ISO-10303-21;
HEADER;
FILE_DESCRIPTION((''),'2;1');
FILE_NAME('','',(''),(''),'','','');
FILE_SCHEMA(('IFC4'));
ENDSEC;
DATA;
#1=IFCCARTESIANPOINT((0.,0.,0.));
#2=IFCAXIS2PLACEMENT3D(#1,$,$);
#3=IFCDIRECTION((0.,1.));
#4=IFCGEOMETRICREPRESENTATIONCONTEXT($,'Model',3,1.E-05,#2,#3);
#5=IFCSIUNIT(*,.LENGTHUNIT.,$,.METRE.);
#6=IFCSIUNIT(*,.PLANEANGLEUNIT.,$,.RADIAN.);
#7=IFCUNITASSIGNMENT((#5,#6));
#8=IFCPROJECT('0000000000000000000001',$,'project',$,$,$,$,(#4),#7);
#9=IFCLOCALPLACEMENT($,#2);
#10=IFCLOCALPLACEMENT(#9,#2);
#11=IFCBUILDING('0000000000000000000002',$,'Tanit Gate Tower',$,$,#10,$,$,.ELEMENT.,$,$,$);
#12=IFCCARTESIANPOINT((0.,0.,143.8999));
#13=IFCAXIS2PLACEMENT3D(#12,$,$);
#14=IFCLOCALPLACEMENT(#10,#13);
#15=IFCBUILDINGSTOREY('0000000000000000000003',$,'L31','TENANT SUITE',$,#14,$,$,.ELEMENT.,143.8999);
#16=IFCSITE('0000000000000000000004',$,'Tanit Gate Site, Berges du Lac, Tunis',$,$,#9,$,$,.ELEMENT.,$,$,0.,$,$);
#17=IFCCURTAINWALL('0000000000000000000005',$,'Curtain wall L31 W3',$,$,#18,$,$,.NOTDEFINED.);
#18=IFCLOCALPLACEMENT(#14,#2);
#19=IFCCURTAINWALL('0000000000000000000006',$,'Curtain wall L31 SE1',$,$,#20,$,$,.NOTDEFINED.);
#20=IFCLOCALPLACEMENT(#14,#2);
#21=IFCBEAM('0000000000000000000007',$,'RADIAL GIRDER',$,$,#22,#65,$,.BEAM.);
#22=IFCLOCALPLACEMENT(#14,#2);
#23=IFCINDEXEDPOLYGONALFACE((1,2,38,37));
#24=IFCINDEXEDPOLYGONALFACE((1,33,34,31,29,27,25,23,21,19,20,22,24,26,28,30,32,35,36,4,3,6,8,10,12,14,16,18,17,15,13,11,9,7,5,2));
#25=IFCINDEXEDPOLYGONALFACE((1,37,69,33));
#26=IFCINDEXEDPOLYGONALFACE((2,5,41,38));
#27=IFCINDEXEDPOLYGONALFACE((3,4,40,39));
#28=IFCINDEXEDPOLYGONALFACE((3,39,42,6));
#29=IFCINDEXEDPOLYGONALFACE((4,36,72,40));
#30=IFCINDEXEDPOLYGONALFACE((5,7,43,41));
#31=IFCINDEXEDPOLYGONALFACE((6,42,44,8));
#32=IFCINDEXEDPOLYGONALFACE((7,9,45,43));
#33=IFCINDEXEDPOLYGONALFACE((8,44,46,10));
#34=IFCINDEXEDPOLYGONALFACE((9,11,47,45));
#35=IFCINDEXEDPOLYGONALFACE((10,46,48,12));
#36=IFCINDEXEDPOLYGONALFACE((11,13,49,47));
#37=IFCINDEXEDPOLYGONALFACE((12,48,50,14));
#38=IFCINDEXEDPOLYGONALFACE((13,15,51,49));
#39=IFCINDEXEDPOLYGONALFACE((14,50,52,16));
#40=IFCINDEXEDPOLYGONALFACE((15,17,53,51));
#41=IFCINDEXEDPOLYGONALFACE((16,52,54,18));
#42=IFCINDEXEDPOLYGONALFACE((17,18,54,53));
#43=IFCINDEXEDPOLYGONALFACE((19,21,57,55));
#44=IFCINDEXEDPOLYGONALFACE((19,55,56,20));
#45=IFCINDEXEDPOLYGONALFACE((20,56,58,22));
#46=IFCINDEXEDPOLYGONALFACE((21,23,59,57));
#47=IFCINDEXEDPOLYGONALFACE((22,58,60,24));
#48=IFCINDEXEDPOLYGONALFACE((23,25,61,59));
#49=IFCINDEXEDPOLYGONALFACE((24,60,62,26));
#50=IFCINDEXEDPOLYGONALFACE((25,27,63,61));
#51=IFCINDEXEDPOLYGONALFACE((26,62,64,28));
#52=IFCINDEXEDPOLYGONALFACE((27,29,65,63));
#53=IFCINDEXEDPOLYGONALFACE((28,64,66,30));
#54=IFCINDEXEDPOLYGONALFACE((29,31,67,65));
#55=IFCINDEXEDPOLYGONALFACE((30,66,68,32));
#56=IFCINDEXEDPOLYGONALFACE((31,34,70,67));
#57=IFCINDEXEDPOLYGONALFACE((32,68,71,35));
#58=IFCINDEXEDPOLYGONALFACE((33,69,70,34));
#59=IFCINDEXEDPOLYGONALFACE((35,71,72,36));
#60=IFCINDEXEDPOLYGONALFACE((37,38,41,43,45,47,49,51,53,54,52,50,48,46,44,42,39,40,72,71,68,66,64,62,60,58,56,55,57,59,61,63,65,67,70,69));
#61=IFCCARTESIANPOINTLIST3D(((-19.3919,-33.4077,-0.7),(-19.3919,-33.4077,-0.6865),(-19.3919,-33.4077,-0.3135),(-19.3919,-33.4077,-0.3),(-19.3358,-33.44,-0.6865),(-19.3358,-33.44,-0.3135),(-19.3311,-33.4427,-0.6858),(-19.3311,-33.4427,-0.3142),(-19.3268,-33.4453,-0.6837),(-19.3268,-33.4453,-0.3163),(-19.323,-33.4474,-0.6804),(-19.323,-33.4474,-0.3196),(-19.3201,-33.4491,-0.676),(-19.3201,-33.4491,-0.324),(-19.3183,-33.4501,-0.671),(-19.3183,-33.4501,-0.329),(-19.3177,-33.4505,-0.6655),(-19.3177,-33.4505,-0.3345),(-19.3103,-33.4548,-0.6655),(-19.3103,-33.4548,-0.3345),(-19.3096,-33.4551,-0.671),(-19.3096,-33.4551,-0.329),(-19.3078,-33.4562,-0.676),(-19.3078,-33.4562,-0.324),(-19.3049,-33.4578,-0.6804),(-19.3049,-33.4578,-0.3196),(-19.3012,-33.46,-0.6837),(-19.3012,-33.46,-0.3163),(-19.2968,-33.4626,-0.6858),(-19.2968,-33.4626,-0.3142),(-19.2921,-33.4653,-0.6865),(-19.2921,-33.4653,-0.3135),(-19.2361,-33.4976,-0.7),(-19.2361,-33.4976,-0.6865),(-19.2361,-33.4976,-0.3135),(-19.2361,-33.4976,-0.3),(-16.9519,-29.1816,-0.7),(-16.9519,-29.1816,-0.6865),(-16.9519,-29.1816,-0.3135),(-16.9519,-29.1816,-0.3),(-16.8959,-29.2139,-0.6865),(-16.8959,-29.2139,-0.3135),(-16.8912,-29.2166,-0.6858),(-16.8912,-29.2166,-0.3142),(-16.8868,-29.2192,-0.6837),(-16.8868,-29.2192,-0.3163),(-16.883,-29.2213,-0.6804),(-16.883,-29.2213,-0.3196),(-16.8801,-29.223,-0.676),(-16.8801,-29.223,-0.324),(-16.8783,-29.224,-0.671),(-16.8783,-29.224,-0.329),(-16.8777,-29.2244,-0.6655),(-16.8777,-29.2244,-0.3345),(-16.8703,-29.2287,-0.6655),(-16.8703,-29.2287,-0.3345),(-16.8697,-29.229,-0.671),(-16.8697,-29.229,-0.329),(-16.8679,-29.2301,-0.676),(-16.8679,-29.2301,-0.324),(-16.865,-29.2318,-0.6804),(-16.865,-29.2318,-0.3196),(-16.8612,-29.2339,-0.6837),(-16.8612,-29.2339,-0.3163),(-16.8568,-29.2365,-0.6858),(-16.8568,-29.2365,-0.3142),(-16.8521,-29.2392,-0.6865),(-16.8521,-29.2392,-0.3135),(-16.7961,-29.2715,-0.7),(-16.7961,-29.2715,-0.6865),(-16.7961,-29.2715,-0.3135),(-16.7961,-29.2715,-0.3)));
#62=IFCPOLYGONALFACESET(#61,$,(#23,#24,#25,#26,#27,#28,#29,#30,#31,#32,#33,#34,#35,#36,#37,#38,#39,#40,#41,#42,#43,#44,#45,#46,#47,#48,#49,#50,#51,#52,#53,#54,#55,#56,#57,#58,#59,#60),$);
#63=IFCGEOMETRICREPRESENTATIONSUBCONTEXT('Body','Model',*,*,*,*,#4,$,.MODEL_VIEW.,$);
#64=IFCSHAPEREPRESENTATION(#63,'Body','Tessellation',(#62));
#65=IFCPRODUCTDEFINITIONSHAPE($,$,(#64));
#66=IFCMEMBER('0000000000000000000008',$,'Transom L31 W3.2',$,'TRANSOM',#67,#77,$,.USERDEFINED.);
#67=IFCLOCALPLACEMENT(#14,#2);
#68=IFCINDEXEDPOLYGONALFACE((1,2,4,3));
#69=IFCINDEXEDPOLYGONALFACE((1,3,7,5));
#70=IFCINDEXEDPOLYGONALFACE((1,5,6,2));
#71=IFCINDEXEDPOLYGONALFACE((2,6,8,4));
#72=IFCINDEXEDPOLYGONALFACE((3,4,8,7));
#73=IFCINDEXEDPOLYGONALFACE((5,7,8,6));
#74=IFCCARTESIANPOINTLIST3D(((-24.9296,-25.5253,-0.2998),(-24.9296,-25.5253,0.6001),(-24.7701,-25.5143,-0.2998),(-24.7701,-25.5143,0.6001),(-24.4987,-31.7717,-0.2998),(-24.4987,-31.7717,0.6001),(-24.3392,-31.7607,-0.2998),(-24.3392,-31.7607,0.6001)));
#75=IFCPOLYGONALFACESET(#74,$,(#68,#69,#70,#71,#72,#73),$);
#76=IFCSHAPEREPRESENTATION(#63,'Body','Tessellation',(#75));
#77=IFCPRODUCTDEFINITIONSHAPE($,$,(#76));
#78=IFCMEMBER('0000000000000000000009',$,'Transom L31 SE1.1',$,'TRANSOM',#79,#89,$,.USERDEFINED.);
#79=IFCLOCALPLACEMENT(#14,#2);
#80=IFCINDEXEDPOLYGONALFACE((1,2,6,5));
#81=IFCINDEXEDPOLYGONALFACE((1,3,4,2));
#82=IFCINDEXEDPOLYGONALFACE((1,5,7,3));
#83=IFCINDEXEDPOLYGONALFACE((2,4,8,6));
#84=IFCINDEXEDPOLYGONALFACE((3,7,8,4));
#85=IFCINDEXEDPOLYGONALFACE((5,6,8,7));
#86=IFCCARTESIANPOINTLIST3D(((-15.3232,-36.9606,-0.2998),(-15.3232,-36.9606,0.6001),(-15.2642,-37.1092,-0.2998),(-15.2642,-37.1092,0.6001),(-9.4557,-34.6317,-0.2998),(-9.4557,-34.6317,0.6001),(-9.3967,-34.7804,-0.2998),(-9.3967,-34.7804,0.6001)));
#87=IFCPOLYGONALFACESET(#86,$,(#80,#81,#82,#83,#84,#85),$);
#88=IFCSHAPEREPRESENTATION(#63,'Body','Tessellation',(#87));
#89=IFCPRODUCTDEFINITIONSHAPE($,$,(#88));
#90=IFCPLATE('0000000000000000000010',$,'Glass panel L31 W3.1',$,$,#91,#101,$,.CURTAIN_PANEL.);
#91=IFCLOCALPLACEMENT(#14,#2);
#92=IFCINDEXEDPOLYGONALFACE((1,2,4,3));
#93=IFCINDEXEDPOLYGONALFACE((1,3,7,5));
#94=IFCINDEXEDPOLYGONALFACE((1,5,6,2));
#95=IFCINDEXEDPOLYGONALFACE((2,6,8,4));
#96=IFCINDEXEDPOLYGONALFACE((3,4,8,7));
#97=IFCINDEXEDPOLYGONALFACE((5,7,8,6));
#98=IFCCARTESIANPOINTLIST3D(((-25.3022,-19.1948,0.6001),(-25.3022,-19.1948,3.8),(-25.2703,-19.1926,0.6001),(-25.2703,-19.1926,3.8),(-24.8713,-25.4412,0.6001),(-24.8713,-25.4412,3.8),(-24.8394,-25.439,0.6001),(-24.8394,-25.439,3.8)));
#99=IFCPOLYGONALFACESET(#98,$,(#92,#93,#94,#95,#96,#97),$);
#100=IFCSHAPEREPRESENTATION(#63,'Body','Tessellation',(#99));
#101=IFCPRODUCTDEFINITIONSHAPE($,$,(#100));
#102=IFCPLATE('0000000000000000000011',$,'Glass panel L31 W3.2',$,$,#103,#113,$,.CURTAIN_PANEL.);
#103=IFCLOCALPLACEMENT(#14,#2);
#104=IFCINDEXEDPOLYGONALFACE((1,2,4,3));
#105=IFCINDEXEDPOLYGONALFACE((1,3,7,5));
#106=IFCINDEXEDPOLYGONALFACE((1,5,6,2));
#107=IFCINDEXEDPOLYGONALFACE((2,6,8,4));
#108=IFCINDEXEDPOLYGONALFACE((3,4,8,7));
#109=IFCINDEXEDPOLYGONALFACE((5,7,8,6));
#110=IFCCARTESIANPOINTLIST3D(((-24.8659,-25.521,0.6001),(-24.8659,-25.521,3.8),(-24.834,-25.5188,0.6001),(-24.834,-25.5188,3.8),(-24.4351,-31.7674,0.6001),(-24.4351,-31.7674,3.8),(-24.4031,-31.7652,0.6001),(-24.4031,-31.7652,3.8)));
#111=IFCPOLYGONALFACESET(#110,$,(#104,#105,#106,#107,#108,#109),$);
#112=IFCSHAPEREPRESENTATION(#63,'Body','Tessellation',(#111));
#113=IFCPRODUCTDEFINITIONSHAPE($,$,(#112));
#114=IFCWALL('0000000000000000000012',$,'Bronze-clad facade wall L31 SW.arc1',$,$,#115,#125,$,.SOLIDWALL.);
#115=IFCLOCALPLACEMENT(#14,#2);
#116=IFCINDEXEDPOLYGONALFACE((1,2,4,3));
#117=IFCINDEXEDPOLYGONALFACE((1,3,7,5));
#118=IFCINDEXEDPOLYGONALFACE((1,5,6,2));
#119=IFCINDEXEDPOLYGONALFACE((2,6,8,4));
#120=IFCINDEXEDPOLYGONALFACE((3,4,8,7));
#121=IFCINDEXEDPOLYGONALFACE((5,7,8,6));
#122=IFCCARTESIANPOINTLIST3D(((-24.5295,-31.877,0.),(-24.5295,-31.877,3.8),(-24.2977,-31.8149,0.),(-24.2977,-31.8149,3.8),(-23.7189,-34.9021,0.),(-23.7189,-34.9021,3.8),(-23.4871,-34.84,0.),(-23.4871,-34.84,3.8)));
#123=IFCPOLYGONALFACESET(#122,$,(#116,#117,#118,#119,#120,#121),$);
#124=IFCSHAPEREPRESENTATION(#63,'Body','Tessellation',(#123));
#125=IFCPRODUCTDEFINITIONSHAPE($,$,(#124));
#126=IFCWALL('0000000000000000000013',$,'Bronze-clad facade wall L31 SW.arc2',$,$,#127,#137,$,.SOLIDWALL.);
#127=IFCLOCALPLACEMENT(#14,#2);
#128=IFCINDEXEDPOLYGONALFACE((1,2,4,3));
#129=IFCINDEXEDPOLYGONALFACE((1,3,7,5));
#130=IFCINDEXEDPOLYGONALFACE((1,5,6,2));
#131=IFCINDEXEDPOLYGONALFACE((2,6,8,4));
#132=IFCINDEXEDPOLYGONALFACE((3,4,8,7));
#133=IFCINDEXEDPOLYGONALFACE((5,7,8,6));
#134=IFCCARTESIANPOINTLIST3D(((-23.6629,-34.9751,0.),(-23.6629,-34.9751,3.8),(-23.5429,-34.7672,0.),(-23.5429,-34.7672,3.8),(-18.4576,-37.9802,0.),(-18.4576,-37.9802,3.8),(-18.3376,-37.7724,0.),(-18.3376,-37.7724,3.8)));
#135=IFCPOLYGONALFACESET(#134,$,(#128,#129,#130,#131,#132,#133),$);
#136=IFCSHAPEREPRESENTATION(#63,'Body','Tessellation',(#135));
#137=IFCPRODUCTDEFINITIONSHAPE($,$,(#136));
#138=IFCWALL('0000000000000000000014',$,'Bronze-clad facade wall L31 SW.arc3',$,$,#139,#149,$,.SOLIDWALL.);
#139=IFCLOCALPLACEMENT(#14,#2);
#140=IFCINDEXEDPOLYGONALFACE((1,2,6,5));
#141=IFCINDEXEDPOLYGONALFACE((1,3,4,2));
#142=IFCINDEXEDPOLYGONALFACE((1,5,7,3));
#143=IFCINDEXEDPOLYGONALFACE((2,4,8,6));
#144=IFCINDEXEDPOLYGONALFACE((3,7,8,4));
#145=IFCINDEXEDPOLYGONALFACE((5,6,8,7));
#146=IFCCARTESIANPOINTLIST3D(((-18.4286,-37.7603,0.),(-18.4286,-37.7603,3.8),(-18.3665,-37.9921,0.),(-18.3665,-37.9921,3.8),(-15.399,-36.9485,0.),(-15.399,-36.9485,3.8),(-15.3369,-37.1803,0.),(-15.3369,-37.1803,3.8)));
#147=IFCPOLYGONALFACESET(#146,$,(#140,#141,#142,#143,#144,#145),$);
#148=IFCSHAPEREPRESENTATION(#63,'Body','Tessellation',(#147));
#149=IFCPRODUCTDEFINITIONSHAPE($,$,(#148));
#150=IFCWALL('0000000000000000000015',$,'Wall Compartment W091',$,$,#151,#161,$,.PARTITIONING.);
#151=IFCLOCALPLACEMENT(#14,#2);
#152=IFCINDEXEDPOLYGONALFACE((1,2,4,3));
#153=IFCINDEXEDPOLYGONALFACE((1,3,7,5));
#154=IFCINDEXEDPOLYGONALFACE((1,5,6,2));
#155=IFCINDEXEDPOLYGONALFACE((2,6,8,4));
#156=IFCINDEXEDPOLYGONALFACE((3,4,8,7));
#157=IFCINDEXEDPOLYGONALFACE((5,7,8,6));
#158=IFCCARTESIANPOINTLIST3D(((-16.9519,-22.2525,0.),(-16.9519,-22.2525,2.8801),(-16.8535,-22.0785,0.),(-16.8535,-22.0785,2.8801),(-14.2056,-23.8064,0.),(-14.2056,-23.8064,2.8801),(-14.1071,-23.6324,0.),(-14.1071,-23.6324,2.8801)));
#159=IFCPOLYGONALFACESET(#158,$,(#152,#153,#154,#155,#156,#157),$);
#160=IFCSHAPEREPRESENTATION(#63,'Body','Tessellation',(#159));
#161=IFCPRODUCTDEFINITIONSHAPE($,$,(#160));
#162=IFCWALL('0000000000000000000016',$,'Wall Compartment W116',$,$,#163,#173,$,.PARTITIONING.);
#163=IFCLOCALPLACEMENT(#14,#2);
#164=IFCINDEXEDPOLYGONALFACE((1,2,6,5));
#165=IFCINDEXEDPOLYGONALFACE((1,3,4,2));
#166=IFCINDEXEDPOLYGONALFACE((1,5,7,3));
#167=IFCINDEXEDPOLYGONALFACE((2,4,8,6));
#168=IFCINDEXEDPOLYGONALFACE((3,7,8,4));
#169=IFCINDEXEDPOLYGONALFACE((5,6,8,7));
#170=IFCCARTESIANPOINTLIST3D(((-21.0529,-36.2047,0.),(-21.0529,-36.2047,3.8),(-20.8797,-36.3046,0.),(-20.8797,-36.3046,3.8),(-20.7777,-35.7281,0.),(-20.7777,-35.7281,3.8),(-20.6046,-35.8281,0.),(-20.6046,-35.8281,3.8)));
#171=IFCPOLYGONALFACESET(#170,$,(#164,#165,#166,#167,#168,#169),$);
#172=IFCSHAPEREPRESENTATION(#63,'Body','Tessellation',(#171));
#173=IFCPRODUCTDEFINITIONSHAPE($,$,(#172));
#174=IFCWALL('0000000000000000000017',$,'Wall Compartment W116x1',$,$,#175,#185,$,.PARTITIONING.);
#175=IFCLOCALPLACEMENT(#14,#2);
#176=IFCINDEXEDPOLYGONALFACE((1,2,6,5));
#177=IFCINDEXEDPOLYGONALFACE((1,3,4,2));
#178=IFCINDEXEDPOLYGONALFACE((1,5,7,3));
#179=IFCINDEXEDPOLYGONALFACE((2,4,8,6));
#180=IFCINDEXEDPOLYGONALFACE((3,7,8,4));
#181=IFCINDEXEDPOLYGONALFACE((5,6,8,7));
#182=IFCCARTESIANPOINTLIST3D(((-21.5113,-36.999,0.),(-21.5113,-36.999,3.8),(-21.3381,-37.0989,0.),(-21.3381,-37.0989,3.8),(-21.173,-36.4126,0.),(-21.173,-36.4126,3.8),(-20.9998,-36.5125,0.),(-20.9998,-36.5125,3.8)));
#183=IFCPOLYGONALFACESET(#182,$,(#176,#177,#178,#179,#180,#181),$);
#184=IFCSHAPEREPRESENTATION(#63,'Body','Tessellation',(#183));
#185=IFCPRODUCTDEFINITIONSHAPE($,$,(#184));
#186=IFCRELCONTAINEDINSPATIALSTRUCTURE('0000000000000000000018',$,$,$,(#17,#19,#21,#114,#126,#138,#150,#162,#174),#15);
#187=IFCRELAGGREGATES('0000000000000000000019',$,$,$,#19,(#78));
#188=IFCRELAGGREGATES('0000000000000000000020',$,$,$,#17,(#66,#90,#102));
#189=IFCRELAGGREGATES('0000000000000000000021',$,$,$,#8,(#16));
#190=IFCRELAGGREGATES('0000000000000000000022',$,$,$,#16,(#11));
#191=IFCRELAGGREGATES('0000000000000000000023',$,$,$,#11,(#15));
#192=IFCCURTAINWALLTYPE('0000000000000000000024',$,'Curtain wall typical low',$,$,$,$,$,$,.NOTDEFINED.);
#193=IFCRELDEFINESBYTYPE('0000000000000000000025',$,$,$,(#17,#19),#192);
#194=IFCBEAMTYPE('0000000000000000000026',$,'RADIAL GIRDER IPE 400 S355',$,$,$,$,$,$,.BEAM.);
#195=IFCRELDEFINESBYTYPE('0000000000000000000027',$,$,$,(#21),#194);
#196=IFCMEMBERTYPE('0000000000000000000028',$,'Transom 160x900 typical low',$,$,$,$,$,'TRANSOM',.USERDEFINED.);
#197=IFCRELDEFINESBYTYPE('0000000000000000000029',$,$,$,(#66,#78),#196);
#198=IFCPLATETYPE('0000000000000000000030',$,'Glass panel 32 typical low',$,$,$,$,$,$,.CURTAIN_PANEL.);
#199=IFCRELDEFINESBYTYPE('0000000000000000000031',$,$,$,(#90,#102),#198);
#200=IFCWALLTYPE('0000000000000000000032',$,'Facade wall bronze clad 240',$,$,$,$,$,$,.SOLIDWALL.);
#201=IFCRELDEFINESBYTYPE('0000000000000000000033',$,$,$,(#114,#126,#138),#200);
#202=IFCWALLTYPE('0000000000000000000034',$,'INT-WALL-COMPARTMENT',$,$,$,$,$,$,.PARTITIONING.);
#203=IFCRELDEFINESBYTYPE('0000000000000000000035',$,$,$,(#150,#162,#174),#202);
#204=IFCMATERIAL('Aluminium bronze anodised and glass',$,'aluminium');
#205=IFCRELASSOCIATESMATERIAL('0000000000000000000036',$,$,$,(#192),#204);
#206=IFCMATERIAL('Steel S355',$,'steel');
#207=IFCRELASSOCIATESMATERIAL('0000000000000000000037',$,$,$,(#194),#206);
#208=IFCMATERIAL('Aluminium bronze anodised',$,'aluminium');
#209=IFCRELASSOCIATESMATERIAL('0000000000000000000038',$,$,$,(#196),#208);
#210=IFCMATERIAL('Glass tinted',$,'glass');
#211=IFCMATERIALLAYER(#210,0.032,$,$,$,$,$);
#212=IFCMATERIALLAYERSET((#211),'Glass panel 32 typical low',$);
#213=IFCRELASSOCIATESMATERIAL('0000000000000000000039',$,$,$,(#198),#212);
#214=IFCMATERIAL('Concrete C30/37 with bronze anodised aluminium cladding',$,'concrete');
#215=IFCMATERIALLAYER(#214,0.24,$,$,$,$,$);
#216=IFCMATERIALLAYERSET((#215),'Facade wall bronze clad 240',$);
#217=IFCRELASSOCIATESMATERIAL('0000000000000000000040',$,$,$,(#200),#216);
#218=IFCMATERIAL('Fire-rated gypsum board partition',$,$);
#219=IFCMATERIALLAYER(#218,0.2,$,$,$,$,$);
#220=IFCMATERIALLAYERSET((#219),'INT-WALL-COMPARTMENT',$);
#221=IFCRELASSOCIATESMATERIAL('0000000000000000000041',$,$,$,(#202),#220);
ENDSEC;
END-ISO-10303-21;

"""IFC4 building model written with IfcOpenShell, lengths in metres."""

from ifc_helpers import new_model, si_unit, direction, frame, frame_2d, origin, origin_2d, place, context, subcontext, project, spatial, rectangle, i_section, extrude, material, layer, layer_set, material_profile, profile_set, type_object, element, aggregate, save


model = new_model("IFC4")

# Units and contexts
model_context = context("Model", 3, precision=1e-05, world=origin(), true_north=direction((0.0, 1.0)))
body_context = subcontext(model_context, "Body", "Model", "MODEL_VIEW")
ifc_project = project(units=[si_unit("LENGTHUNIT", "METRE"), si_unit("PLANEANGLEUNIT", "RADIAN")], contexts=[model_context])

# Site, building, storey
site_placement = place(None, origin())
site = spatial("IfcSite", under=ifc_project, at=site_placement, Name="Tanit Gate Site, Berges du Lac, Tunis", CompositionType="ELEMENT", RefElevation=0.0)
building_placement = place(site_placement, origin())
building = spatial("IfcBuilding", under=site, at=building_placement, Name="Tanit Gate Tower", CompositionType="ELEMENT")
storey_placement = place(building_placement, frame((0.0, 0.0, 143.8999)))
storey = spatial("IfcBuildingStorey", under=building, at=storey_placement, Name="L31", Description="TENANT SUITE", CompositionType="ELEMENT", Elevation=143.8999)

# Curtain wall
ifc_material_1 = material(Name="Aluminium bronze anodised and glass", Category="aluminium")
curtain_wall_type = type_object("IfcCurtainWallType", Name="Curtain wall typical low", PredefinedType="NOTDEFINED", material=ifc_material_1)
curtain_wall_1_placement = place(storey_placement, origin())
curtain_wall_1 = element("IfcCurtainWall", 1, at=curtain_wall_1_placement, inside=storey, type_object=curtain_wall_type, Name="Curtain wall L31 W3", PredefinedType="NOTDEFINED")

# Curtain wall
curtain_wall_2_placement = place(storey_placement, origin())
curtain_wall_2 = element("IfcCurtainWall", 2, at=curtain_wall_2_placement, inside=storey, type_object=curtain_wall_type, Name="Curtain wall L31 SE1", PredefinedType="NOTDEFINED")

# Beam
ifc_material_2 = material(Name="Steel S355", Category="steel")
ifc_material_profile_1 = material_profile(ifc_material_2, i_section(OverallWidth=0.1799, OverallDepth=0.3999, WebThickness=0.0085, FlangeThickness=0.0134, FilletRadius=0.021, at=origin_2d()), Name="IPE 400")
ifc_profile_set_1 = profile_set([ifc_material_profile_1], Name="Steel S355")
beam_type_1 = type_object("IfcBeamType", Name="RADIAL GIRDER IPE 400 S355", PredefinedType="BEAM", material=ifc_profile_set_1)
beam_1_placement = place(storey_placement, frame((-19.314, -33.4526, -0.5), z_axis=(0.500003, 0.866024, 0.0), x_axis=(-0.866024, 0.500003, 0.0)))
element("IfcBeam", 3, at=beam_1_placement, inside=storey, type_object=beam_type_1, Name="RADIAL GIRDER", PredefinedType="BEAM", context=body_context, shape_type="SweptSolid", body=[
    extrude(i_section(OverallWidth=0.1799, OverallDepth=0.3999, WebThickness=0.0085, FlangeThickness=0.0134, FilletRadius=0.021, at=origin_2d()), origin(), (0.0, 0.0, 1.0), 4.8799),
])

# Members
ifc_material_3 = material(Name="Aluminium bronze anodised", Category="aluminium")
ifc_material_profile_2 = material_profile(ifc_material_3, rectangle(XDim=0.1599, YDim=0.8999, at=origin_2d()), Name="160x900 bronze transom")
ifc_profile_set_2 = profile_set([ifc_material_profile_2], Name="Aluminium bronze anodised")
member_type_1 = type_object("IfcMemberType", Name="Transom 160x900 typical low", ElementType="TRANSOM", PredefinedType="USERDEFINED", material=ifc_profile_set_2)
member_1_placement = place(storey_placement, frame((-24.8499, -25.5198, 0.1501), z_axis=(0.068822, -0.997629, 0.0), x_axis=(0.997629, 0.068822, 0.0)))
member_1 = element("IfcMember", 4, at=member_1_placement, type_object=member_type_1, Name="Transom L31 W3.2", ObjectType="TRANSOM", PredefinedType="USERDEFINED", context=body_context, shape_type="SweptSolid", body=[
    extrude(rectangle(XDim=0.1599, YDim=0.8999, at=origin_2d()), origin(), (0.0, 0.0, 1.0), 6.2612),
])
member_2_placement = place(storey_placement, frame((-15.2937, -37.0349, 0.1501), z_axis=(0.929463, 0.368916, 0.0), x_axis=(-0.368916, 0.929463, 0.0)))
member_2 = element("IfcMember", 5, at=member_2_placement, type_object=member_type_1, Name="Transom L31 SE1.1", ObjectType="TRANSOM", PredefinedType="USERDEFINED", context=body_context, shape_type="SweptSolid", body=[
    extrude(rectangle(XDim=0.1599, YDim=0.8999, at=origin_2d()), origin(), (0.0, 0.0, 1.0), 6.3127),
])
aggregate(curtain_wall_2, [member_2])

# Plates
ifc_material_4 = material(Name="Glass tinted", Category="glass")
ifc_layer_1 = layer(ifc_material_4, 0.032)
ifc_layer_set_1 = layer_set([ifc_layer_1], Name="Glass panel 32 typical low")
plate_type = type_object("IfcPlateType", Name="Glass panel 32 typical low", PredefinedType="CURTAIN_PANEL", material=ifc_layer_set_1)
plate_1_placement = place(storey_placement, frame((-25.0708, -22.3169, 0.6001), z_axis=(0.0, 0.0, 1.0), x_axis=(0.068812, -0.99763, 0.0)))
plate_1 = element("IfcPlate", 6, at=plate_1_placement, type_object=plate_type, Name="Glass panel L31 W3.1", PredefinedType="CURTAIN_PANEL", context=body_context, shape_type="SweptSolid", body=[
    extrude(rectangle(XDim=6.2612, YDim=0.032, at=origin_2d()), origin(), (0.0, 0.0, 1.0), 3.2),
])
plate_2_placement = place(storey_placement, frame((-24.6345, -28.6431, 0.6001), z_axis=(0.0, 0.0, 1.0), x_axis=(0.068812, -0.99763, 0.0)))
plate_2 = element("IfcPlate", 7, at=plate_2_placement, type_object=plate_type, Name="Glass panel L31 W3.2", PredefinedType="CURTAIN_PANEL", context=body_context, shape_type="SweptSolid", body=[
    extrude(rectangle(XDim=6.2612, YDim=0.032, at=origin_2d()), origin(), (0.0, 0.0, 1.0), 3.2),
])
aggregate(curtain_wall_1, [member_1, plate_1, plate_2])

# Walls
ifc_material_5 = material(Name="Concrete C30/37 with bronze anodised aluminium cladding", Category="concrete")
ifc_layer_2 = layer(ifc_material_5, 0.24)
ifc_layer_set_2 = layer_set([ifc_layer_2], Name="Facade wall bronze clad 240")
wall_type_1 = type_object("IfcWallType", Name="Facade wall bronze clad 240", PredefinedType="SOLIDWALL", material=ifc_layer_set_2)
wall_1_placement = place(storey_placement, frame((-24.4136, -31.8459, 0.0), z_axis=(0.0, 0.0, 1.0), x_axis=(0.258808, -0.965929, 0.0)))
element("IfcWall", 8, at=wall_1_placement, inside=storey, type_object=wall_type_1, Name="Bronze-clad facade wall L31 SW.arc1", PredefinedType="SOLIDWALL", context=body_context, shape_type="SweptSolid", body=[
    extrude(rectangle(XDim=3.1318, YDim=0.24, at=frame_2d((1.5659, 0.0))), origin(), (0.0, 0.0, 1.0), 3.8),
])
wall_2_placement = place(storey_placement, frame((-23.603, -34.8711, 0.0), z_axis=(0.0, 0.0, 1.0), x_axis=(0.866037, -0.499979, 0.0)))
element("IfcWall", 9, at=wall_2_placement, inside=storey, type_object=wall_type_1, Name="Bronze-clad facade wall L31 SW.arc2", PredefinedType="SOLIDWALL", context=body_context, shape_type="SweptSolid", body=[
    extrude(rectangle(XDim=6.0105, YDim=0.24, at=frame_2d((3.0054, 0.0))), origin(), (0.0, 0.0, 1.0), 3.8),
])
wall_3_placement = place(storey_placement, frame((-18.3977, -37.8762, 0.0), z_axis=(0.0, 0.0, 1.0), x_axis=(0.965925, 0.25882, 0.0)))
element("IfcWall", 10, at=wall_3_placement, inside=storey, type_object=wall_type_1, Name="Bronze-clad facade wall L31 SW.arc3", PredefinedType="SOLIDWALL", context=body_context, shape_type="SweptSolid", body=[
    extrude(rectangle(XDim=3.1365, YDim=0.24, at=frame_2d((1.5684, 0.0))), origin(), (0.0, 0.0, 1.0), 3.8),
])
ifc_material_6 = material(Name="Fire-rated gypsum board partition")
ifc_layer_3 = layer(ifc_material_6, 0.2)
ifc_layer_set_3 = layer_set([ifc_layer_3], Name="INT-WALL-COMPARTMENT")
wall_type_2 = type_object("IfcWallType", Name="INT-WALL-COMPARTMENT", PredefinedType="PARTITIONING", material=ifc_layer_set_3)
wall_4_placement = place(storey_placement, frame((-16.9026, -22.1655, 0.0), z_axis=(0.0, 0.0, 1.0), x_axis=(0.870335, -0.49246, 0.0)))
element("IfcWall", 11, at=wall_4_placement, inside=storey, type_object=wall_type_2, Name="Wall Compartment W091", PredefinedType="PARTITIONING", context=body_context, shape_type="SweptSolid", body=[
    extrude(rectangle(XDim=3.1555, YDim=0.2, at=frame_2d((1.5776, 0.0))), origin(), (0.0, 0.0, 1.0), 2.8801),
])
wall_5_placement = place(storey_placement, frame((-20.6912, -35.7781, 0.0), z_axis=(0.0, 0.0, 1.0), x_axis=(-0.500004, -0.866023, 0.0)))
element("IfcWall", 12, at=wall_5_placement, inside=storey, type_object=wall_type_2, Name="Wall Compartment W116", PredefinedType="PARTITIONING", context=body_context, shape_type="SweptSolid", body=[
    extrude(rectangle(XDim=0.5503, YDim=0.2, at=frame_2d((0.2751, 0.0))), origin(), (0.0, 0.0, 1.0), 3.8),
])
wall_6_placement = place(storey_placement, frame((-21.0864, -36.4626, 0.0), z_axis=(0.0, 0.0, 1.0), x_axis=(-0.499785, -0.86615, 0.0)))
element("IfcWall", 13, at=wall_6_placement, inside=storey, type_object=wall_type_2, Name="Wall Compartment W116x1", PredefinedType="PARTITIONING", context=body_context, shape_type="SweptSolid", body=[
    extrude(rectangle(XDim=0.677, YDim=0.2, at=frame_2d((0.3384, 0.0))), origin(), (0.0, 0.0, 1.0), 3.8),
])

save(model, "model.ifc")
